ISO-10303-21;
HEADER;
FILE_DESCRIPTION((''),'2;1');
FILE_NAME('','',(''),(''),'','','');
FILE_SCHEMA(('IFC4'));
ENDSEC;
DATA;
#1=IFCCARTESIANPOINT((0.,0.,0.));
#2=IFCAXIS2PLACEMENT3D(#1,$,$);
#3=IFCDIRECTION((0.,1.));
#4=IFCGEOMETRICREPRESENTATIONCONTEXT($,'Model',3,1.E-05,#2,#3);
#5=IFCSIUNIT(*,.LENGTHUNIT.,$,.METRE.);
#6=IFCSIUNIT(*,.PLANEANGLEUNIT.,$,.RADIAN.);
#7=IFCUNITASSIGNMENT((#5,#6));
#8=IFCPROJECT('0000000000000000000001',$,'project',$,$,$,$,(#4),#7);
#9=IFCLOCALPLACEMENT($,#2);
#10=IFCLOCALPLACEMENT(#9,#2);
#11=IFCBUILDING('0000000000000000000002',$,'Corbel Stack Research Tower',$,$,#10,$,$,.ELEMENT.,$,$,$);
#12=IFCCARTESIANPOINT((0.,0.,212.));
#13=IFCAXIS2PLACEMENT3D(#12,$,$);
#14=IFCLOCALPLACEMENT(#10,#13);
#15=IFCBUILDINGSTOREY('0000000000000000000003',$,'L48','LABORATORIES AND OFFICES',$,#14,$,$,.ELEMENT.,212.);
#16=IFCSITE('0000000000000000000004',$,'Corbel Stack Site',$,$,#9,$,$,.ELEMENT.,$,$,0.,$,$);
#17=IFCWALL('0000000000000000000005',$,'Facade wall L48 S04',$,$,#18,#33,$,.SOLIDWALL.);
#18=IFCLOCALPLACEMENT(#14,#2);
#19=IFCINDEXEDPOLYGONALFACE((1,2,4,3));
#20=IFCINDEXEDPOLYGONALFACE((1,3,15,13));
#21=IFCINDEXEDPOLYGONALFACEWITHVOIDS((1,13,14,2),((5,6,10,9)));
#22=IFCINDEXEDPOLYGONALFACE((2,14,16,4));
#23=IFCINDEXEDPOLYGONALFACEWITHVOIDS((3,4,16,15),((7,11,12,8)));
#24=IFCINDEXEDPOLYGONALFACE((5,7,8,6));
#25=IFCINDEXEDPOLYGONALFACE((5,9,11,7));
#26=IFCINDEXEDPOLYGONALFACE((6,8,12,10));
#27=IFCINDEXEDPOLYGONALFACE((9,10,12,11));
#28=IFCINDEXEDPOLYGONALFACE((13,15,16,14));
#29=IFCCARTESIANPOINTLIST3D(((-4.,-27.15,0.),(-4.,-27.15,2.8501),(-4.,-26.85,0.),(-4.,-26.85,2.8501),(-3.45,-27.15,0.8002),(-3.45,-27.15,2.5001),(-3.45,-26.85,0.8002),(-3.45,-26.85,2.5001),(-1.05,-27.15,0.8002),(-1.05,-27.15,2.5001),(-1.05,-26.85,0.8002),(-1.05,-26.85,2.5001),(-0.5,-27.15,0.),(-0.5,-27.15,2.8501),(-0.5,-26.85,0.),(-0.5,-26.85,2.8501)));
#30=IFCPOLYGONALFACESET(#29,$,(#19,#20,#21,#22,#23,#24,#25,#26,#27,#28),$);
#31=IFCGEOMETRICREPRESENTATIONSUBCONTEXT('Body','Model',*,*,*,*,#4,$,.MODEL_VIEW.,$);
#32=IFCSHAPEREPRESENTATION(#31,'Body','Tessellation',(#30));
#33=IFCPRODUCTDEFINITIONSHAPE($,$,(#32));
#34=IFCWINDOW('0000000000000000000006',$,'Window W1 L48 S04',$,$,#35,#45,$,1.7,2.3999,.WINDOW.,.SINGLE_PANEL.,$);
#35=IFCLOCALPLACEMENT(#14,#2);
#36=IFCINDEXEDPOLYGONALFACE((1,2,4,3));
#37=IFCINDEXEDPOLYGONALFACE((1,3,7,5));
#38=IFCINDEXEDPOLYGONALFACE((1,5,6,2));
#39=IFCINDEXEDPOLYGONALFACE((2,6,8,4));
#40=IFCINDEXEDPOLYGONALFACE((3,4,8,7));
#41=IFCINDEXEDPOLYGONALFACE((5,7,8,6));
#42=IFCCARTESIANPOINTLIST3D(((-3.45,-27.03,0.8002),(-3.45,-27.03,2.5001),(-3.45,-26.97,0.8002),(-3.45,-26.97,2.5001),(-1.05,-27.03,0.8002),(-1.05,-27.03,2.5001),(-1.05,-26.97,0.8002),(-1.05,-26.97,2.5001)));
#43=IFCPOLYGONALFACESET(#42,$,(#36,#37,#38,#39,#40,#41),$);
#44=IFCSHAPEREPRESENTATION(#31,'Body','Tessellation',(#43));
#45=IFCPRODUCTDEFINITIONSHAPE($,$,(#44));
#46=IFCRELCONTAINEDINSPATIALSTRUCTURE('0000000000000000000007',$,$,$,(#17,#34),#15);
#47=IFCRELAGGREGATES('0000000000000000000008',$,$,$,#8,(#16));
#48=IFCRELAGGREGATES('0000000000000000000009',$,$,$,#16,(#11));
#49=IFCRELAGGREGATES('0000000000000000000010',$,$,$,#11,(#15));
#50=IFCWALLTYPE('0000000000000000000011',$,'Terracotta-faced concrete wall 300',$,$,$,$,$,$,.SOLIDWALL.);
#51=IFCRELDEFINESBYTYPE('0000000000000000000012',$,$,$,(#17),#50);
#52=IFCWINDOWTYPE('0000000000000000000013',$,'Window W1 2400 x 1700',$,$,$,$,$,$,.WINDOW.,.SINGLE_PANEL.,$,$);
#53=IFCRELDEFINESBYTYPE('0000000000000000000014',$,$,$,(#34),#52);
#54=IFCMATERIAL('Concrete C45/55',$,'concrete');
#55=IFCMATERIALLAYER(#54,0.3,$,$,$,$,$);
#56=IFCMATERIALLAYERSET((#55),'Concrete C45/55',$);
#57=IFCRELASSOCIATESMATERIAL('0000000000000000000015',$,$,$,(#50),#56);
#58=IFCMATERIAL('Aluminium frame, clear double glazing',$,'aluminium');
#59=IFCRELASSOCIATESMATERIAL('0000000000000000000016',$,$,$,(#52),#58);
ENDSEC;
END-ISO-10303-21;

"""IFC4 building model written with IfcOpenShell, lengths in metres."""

from ifc_helpers import new_model, si_unit, direction, frame, frame_2d, origin, place, context, subcontext, project, spatial, rectangle, extrude, material, layer, layer_set, type_object, element, fill, save


model = new_model("IFC4")

# Units and contexts
model_context = context("Model", 3, precision=1e-05, world=origin(), true_north=direction((0.0, 1.0)))
body_context = subcontext(model_context, "Body", "Model", "MODEL_VIEW")
ifc_project = project(units=[si_unit("LENGTHUNIT", "METRE"), si_unit("PLANEANGLEUNIT", "RADIAN")], contexts=[model_context])

# Site, building, storey
site_placement = place(None, origin())
site = spatial("IfcSite", under=ifc_project, at=site_placement, Name="Corbel Stack Site", CompositionType="ELEMENT", RefElevation=0.0)
building_placement = place(site_placement, origin())
building = spatial("IfcBuilding", under=site, at=building_placement, Name="Corbel Stack Research Tower", CompositionType="ELEMENT")
storey_placement = place(building_placement, frame((0.0, 0.0, 212.0)))
storey = spatial("IfcBuildingStorey", under=building, at=storey_placement, Name="L48", Description="LABORATORIES AND OFFICES", CompositionType="ELEMENT", Elevation=212.0)

# Shared definitions
ifc_material_1 = material(Name="Concrete C45/55", Category="concrete")
ifc_layer = layer(ifc_material_1, 0.3)
ifc_layer_set = layer_set([ifc_layer], Name="Concrete C45/55")
wall_type = type_object("IfcWallType", Name="Terracotta-faced concrete wall 300", PredefinedType="SOLIDWALL", material=ifc_layer_set)
ifc_material_2 = material(Name="Aluminium frame, clear double glazing", Category="aluminium")
window_type = type_object("IfcWindowType", Name="Window W1 2400 x 1700", PartitioningType="SINGLE_PANEL", PredefinedType="WINDOW", material=ifc_material_2)

# Wall, opening, window
wall_1_placement = place(storey_placement, frame((-0.5, -27.0, 0.0), z_axis=(0.0, 0.0, 1.0), x_axis=(-1.0, 0.0, 0.0)))
wall_1 = element("IfcWall", 1, at=wall_1_placement, inside=storey, type_object=wall_type, Name="Facade wall L48 S04", PredefinedType="SOLIDWALL", context=body_context, shape_type="SweptSolid", body=[
    extrude(rectangle(XDim=3.5, YDim=0.3, at=frame_2d((1.75, 0.0))), origin(), (0.0, 0.0, 1.0), 2.8501),
])
opening_1_placement = place(wall_1_placement, frame((0.55, 0.0, 0.8)))
opening_1 = element("IfcOpeningElement", 2, at=opening_1_placement, cuts=wall_1, PredefinedType="OPENING", context=body_context, shape_type="SweptSolid", body=[
    extrude(rectangle(XDim=2.3999, YDim=1.7, at=frame_2d((1.2, 0.8501))), frame((0.0, 0.1599, 0.0), z_axis=(0.0, -1.0, 0.0), x_axis=(1.0, 0.0, 0.0)), (0.0, 0.0, 1.0), 0.3201),
])
window_1_placement = place(opening_1_placement, origin())
window_1 = element("IfcWindow", 3, at=window_1_placement, inside=storey, type_object=window_type, Name="Window W1 L48 S04", OverallHeight=1.7, OverallWidth=2.3999, PartitioningType="SINGLE_PANEL", PredefinedType="WINDOW", context=body_context, shape_type="SweptSolid", body=[
    extrude(rectangle(XDim=2.3999, YDim=1.7, at=frame_2d((1.2, 0.8501))), frame((0.0, 0.03, 0.0), z_axis=(0.0, -1.0, 0.0), x_axis=(1.0, 0.0, 0.0)), (0.0, 0.0, 1.0), 0.0601),
])
fill(opening_1, window_1)

save(model, "model.ifc")
